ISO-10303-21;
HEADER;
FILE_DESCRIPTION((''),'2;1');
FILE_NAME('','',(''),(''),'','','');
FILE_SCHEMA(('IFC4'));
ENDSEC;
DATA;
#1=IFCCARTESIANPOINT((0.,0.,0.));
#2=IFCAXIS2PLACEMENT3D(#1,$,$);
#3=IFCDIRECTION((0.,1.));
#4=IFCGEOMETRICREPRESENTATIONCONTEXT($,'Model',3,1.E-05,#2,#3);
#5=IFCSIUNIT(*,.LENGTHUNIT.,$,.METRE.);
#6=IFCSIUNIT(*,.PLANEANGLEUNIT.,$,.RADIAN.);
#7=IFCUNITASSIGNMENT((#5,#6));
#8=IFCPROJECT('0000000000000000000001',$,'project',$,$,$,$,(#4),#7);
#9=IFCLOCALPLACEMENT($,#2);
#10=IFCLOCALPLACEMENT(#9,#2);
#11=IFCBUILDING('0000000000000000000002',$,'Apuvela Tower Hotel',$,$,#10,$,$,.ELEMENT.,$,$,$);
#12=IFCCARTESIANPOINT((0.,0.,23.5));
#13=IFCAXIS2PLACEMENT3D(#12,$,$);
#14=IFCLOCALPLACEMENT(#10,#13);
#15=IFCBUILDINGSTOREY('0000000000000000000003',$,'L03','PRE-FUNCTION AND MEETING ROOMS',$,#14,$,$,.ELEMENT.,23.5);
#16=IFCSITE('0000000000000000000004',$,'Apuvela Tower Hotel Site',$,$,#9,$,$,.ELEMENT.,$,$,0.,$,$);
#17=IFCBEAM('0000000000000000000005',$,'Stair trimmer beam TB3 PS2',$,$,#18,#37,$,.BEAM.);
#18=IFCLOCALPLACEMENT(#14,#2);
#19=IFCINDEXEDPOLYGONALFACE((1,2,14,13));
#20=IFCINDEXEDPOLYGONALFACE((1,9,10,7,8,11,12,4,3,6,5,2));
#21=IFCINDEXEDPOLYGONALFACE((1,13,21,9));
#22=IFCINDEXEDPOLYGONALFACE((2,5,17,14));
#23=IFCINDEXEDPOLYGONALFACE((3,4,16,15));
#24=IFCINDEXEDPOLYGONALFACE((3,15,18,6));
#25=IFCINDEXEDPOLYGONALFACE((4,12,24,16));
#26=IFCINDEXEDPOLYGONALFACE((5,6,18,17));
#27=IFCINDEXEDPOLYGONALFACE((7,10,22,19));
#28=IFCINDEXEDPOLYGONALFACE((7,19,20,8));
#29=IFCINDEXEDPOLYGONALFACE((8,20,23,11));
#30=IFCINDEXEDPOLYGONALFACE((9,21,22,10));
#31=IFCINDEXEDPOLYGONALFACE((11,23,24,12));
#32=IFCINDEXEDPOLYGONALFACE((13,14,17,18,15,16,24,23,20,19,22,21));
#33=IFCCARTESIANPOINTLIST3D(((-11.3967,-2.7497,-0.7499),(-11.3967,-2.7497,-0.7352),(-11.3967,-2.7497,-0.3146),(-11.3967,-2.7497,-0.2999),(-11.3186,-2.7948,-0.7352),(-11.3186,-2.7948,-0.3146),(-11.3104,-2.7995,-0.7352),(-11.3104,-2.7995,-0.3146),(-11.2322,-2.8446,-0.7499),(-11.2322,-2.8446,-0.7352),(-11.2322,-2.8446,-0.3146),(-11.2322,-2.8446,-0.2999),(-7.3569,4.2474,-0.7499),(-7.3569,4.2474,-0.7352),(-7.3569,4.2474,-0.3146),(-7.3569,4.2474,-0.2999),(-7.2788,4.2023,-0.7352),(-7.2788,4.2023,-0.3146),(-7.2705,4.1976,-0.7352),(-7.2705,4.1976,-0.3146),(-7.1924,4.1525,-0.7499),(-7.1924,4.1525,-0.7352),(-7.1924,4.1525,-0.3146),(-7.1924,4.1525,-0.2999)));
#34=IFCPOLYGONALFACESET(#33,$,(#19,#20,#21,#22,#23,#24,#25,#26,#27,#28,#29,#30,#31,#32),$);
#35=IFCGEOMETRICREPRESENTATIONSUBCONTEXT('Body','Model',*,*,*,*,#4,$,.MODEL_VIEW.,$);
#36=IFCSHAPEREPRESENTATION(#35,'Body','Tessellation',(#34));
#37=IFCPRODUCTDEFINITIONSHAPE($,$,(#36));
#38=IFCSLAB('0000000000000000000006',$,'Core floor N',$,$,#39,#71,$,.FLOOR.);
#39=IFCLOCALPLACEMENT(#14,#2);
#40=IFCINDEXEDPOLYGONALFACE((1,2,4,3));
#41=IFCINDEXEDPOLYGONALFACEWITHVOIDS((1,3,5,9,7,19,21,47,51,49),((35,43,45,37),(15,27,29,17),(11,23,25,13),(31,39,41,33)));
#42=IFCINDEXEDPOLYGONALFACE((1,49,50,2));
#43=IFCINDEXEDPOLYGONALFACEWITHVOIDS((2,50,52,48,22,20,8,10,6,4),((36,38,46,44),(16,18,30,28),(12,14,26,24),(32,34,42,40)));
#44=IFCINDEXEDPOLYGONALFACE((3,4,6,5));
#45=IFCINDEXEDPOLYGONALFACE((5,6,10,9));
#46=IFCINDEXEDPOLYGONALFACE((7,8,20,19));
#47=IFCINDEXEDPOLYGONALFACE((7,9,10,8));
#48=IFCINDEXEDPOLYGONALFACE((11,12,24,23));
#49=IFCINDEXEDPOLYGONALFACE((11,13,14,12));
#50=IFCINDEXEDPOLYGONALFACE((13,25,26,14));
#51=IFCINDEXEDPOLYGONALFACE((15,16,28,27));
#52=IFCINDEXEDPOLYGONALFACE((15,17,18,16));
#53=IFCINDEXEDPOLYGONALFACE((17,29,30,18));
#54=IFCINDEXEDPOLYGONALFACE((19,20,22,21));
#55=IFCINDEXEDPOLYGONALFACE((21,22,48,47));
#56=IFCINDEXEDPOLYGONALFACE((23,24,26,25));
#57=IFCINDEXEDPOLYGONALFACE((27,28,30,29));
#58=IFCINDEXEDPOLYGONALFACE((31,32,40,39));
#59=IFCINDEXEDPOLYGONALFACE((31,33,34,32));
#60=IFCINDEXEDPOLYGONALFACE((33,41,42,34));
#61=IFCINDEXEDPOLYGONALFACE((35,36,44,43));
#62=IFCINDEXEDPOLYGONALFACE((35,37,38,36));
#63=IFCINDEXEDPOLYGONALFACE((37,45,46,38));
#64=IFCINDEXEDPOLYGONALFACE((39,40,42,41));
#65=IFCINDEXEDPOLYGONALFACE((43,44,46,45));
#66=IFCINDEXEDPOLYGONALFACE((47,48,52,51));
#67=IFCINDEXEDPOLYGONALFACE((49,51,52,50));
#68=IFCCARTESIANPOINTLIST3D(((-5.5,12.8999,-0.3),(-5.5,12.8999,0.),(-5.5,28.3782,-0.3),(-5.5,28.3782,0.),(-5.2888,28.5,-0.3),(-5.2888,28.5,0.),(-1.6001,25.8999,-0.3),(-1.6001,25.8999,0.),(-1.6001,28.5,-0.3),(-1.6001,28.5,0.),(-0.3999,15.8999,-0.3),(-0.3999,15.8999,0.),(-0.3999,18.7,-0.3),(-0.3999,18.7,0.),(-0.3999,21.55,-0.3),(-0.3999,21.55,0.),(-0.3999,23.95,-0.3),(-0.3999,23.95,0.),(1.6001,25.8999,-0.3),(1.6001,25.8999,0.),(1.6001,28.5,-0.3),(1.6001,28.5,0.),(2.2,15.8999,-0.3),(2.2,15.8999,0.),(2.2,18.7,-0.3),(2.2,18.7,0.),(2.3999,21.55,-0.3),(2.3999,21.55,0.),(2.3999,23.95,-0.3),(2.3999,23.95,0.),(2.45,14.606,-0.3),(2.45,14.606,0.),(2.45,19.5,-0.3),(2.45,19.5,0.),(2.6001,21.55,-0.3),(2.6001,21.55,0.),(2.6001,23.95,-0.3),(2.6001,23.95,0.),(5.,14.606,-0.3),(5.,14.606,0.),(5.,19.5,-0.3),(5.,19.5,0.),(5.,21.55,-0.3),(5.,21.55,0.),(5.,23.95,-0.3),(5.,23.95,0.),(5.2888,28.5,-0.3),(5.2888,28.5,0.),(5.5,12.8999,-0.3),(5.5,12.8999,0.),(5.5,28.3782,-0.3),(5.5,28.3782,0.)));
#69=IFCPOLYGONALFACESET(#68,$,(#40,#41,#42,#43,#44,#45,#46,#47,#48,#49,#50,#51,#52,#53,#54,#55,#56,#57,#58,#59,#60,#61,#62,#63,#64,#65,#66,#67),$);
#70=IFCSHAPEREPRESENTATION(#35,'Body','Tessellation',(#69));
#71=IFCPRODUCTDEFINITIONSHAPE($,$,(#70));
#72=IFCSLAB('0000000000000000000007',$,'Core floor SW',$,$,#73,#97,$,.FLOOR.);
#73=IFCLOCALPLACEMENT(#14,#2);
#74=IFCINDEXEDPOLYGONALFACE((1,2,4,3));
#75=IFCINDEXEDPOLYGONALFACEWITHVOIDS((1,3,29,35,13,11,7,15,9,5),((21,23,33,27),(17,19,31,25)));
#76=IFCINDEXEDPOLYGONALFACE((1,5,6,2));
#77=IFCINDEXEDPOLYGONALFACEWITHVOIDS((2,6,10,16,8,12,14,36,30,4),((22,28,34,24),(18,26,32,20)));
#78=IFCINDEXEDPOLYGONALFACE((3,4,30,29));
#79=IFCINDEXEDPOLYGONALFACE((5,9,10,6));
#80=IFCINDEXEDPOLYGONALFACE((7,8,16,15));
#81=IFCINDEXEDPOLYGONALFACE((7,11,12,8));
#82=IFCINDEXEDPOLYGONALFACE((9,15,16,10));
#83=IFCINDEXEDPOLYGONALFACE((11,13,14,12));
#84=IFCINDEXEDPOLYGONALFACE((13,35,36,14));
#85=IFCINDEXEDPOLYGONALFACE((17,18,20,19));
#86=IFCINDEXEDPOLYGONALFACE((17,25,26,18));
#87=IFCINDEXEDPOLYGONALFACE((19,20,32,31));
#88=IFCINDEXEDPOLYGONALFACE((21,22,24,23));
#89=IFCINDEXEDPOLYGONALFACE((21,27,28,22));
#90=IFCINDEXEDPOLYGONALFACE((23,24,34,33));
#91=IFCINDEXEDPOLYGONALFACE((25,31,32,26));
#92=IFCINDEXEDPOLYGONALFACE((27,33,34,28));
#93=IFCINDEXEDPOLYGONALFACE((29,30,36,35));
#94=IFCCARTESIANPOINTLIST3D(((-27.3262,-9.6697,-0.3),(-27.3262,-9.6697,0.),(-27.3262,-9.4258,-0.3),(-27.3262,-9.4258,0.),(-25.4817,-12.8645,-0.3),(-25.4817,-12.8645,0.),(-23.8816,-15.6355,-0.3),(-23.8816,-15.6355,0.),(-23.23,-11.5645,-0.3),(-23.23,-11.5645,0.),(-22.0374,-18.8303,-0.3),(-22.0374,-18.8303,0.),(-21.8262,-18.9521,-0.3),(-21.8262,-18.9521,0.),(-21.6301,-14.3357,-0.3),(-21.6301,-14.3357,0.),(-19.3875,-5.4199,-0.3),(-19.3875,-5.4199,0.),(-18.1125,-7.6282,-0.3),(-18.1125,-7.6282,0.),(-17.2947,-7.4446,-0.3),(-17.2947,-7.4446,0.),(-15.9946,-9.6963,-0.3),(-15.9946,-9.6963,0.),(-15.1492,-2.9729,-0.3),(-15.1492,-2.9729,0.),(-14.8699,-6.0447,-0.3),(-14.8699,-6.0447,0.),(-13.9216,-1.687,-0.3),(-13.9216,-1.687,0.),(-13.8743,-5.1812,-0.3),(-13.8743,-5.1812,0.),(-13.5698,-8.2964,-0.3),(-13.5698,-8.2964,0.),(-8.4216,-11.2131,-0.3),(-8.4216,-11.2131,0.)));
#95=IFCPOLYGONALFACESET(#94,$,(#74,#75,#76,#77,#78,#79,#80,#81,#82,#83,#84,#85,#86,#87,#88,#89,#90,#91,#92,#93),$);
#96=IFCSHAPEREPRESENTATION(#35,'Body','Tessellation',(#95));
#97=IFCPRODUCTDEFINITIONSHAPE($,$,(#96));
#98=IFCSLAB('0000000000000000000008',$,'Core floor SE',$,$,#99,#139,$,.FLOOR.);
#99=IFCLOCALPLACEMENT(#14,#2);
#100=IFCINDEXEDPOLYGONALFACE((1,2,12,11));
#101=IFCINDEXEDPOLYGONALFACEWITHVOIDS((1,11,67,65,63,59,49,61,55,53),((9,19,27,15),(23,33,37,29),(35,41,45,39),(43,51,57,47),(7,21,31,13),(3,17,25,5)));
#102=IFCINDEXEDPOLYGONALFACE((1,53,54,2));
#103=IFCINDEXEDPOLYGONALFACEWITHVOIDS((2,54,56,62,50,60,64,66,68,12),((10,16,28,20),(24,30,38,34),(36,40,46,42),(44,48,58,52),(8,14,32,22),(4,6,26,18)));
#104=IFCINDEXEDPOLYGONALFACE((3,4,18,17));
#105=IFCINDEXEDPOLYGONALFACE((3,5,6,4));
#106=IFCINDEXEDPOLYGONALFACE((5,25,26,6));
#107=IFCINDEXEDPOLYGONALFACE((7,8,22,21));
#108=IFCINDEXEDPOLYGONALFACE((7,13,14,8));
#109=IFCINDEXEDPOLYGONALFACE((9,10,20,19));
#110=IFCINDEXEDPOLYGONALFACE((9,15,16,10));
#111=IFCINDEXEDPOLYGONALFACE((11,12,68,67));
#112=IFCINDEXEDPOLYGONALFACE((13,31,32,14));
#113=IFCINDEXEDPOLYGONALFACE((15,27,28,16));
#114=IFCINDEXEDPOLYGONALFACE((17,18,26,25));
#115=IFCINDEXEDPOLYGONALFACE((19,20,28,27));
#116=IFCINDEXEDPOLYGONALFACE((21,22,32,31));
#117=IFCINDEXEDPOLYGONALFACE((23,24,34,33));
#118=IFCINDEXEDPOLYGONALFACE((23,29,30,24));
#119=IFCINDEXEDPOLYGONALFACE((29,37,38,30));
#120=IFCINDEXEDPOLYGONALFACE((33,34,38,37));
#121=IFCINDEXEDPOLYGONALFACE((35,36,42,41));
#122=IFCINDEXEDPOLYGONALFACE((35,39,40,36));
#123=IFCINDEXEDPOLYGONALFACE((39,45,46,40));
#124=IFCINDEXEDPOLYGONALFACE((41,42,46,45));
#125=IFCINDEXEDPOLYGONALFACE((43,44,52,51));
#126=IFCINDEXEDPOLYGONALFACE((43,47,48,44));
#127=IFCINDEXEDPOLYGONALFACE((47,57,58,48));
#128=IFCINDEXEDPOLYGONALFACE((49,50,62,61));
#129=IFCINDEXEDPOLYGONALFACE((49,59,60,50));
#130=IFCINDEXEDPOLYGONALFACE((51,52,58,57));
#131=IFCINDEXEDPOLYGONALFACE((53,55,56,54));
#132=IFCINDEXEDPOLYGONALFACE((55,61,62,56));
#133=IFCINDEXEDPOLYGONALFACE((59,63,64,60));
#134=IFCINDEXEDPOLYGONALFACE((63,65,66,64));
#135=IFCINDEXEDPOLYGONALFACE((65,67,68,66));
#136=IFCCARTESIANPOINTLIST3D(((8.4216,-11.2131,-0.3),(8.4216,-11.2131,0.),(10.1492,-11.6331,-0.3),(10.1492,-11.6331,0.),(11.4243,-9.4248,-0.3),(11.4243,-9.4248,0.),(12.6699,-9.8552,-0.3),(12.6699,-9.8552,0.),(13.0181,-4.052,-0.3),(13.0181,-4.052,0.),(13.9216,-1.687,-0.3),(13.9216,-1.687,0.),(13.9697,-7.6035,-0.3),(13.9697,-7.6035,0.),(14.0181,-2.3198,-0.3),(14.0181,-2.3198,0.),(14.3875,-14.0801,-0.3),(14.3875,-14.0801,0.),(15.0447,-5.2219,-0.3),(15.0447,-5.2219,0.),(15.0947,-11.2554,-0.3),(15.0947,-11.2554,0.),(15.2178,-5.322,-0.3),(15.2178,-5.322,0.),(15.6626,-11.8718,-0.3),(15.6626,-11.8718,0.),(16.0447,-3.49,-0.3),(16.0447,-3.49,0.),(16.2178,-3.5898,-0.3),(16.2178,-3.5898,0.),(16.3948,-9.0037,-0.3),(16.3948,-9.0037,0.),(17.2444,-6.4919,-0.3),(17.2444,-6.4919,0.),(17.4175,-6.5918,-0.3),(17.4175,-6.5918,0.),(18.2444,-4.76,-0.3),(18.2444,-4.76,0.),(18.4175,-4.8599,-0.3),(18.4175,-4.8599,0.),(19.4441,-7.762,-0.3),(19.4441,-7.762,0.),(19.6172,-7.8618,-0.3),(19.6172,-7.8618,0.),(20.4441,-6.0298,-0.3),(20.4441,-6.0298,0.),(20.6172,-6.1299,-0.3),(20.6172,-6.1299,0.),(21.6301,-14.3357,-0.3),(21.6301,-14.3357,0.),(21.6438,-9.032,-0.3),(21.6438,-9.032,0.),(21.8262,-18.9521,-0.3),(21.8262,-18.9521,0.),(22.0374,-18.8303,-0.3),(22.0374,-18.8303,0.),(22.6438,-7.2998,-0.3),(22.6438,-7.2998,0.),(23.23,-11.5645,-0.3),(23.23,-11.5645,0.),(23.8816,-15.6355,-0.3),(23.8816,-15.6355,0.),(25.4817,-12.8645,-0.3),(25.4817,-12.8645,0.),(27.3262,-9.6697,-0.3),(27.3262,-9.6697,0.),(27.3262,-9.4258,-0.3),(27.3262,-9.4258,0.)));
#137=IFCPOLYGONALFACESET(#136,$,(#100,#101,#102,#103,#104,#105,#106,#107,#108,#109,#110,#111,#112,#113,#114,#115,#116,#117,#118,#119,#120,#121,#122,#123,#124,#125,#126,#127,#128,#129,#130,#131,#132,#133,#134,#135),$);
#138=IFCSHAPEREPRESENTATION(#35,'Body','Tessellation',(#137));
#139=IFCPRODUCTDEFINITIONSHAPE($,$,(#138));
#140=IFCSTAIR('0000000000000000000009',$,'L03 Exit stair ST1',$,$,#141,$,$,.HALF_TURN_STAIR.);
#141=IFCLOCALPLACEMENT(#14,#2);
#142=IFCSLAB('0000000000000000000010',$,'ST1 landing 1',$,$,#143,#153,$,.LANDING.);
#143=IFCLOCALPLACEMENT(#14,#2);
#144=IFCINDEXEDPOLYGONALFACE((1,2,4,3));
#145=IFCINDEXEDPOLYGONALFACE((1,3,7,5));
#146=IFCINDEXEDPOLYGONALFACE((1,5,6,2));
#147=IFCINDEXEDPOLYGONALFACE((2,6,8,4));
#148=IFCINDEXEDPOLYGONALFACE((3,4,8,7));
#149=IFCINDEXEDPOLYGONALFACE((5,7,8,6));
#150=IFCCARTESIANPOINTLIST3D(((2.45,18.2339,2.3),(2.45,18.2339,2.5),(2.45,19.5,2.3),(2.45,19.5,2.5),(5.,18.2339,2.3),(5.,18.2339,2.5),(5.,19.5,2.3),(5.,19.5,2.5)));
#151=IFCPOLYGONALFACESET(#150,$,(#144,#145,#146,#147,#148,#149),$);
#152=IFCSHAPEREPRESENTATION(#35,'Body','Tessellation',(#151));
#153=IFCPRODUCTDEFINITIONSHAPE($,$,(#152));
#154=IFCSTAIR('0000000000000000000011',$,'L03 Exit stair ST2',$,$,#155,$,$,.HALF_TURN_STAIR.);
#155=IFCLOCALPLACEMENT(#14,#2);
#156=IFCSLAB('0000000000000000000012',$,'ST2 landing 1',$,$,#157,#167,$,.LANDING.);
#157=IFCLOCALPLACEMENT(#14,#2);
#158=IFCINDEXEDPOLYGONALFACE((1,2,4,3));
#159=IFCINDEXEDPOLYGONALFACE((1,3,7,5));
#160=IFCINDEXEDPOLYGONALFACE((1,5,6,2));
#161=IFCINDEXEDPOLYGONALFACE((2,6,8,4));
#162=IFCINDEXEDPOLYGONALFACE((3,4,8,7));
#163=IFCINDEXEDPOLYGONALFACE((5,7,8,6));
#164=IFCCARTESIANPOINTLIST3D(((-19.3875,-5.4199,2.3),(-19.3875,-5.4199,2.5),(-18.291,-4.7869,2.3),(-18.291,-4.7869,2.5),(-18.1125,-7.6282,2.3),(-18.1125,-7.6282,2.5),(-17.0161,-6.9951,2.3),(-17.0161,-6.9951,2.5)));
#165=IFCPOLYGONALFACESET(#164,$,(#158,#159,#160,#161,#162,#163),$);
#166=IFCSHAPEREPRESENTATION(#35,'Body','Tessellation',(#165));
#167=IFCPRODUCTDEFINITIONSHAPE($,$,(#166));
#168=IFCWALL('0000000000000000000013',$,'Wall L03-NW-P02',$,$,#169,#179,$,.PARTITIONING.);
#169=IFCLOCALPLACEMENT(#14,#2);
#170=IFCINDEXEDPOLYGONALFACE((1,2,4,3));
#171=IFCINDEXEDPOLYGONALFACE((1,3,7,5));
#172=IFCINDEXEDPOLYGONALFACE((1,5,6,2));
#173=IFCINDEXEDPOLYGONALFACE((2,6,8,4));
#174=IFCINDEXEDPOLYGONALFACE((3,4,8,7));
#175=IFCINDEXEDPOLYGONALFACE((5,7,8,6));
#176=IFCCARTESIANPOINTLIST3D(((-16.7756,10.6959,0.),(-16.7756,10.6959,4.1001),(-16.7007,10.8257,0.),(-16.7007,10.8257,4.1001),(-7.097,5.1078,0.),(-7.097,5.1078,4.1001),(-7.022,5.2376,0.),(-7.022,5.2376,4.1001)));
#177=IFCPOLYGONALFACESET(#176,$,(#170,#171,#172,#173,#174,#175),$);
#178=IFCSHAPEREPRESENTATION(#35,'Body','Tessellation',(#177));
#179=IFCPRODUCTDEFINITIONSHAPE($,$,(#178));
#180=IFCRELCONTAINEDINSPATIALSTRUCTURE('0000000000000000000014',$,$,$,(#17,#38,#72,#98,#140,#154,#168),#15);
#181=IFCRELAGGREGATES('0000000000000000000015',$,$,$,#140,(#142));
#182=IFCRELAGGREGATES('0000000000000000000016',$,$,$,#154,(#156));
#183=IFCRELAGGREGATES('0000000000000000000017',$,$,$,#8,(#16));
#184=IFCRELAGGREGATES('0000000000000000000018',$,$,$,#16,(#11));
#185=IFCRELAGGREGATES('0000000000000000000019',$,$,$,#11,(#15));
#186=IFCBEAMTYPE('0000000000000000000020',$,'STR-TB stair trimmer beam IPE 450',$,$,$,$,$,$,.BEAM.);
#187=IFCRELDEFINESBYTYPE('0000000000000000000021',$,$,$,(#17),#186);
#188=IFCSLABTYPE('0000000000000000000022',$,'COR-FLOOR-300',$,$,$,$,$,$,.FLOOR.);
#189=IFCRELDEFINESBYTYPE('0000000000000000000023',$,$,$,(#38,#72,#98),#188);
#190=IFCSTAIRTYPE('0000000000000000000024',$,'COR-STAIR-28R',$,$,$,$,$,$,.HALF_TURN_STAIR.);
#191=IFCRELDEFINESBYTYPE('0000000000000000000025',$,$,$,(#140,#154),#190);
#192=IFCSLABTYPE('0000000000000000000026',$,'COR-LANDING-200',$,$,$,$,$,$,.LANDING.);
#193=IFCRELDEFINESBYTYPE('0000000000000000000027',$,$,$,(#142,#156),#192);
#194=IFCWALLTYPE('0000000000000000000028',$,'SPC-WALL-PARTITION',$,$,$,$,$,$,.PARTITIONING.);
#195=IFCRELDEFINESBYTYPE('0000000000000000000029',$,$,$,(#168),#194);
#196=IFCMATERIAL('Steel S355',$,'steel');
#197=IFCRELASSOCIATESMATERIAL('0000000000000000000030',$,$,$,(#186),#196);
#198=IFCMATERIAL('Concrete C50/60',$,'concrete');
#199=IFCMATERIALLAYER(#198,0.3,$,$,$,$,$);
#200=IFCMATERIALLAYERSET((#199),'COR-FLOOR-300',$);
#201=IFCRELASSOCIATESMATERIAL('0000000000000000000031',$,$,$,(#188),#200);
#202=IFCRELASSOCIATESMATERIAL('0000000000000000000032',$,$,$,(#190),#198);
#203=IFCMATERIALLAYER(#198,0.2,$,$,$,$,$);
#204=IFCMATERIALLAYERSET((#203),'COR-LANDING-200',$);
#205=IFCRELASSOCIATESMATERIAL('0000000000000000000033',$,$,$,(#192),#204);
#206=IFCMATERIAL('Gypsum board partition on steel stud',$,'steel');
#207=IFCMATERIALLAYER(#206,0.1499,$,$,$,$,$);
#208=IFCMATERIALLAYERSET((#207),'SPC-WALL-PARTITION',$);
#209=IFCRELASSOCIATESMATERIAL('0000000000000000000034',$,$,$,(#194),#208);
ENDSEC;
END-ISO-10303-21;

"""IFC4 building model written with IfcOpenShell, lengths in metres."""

from ifc_helpers import new_model, si_unit, direction, frame, frame_2d, origin, origin_2d, place, context, subcontext, project, spatial, polyline, rectangle, i_section, outline, extrude, material, layer, layer_set, material_profile, profile_set, type_object, element, aggregate, save


model = new_model("IFC4")

# Units and contexts
model_context = context("Model", 3, precision=1e-05, world=origin(), true_north=direction((0.0, 1.0)))
body_context = subcontext(model_context, "Body", "Model", "MODEL_VIEW")
ifc_project = project(units=[si_unit("LENGTHUNIT", "METRE"), si_unit("PLANEANGLEUNIT", "RADIAN")], contexts=[model_context])

# Site, building, storey
site_placement = place(None, origin())
site = spatial("IfcSite", under=ifc_project, at=site_placement, Name="Apuvela Tower Hotel Site", CompositionType="ELEMENT", RefElevation=0.0)
building_placement = place(site_placement, origin())
building = spatial("IfcBuilding", under=site, at=building_placement, Name="Apuvela Tower Hotel", CompositionType="ELEMENT")
storey_placement = place(building_placement, frame((0.0, 0.0, 23.5)))
storey = spatial("IfcBuildingStorey", under=building, at=storey_placement, Name="L03", Description="PRE-FUNCTION AND MEETING ROOMS", CompositionType="ELEMENT", Elevation=23.5)

# Beam
ifc_material_1 = material(Name="Steel S355", Category="steel")
ifc_material_profile_1 = material_profile(ifc_material_1, i_section(OverallWidth=0.1899, OverallDepth=0.45, WebThickness=0.0095, FlangeThickness=0.0146, at=origin_2d()), Name="IPE 450")
ifc_profile_set_1 = profile_set([ifc_material_profile_1], Name="Steel S355")
beam_type_1 = type_object("IfcBeamType", Name="STR-TB stair trimmer beam IPE 450", PredefinedType="BEAM", material=ifc_profile_set_1)
beam_1_placement = place(storey_placement, frame((-7.2747, 4.2, -0.5249), z_axis=(-0.500003, -0.866024, 0.0), x_axis=(0.866024, -0.500003, 0.0)))
element("IfcBeam", 1, at=beam_1_placement, inside=storey, type_object=beam_type_1, Name="Stair trimmer beam TB3 PS2", PredefinedType="BEAM", context=body_context, shape_type="SweptSolid", body=[
    extrude(i_section(OverallWidth=0.1899, OverallDepth=0.45, WebThickness=0.0095, FlangeThickness=0.0146, at=origin_2d()), origin(), (0.0, 0.0, 1.0), 8.0796),
])

# Slabs
ifc_material_2 = material(Name="Concrete C50/60", Category="concrete")
ifc_layer_1 = layer(ifc_material_2, 0.3)
ifc_layer_set_1 = layer_set([ifc_layer_1], Name="COR-FLOOR-300")
slab_type_1 = type_object("IfcSlabType", Name="COR-FLOOR-300", PredefinedType="FLOOR", material=ifc_layer_set_1)
slab_1_placement = place(storey_placement, frame((0.0, 0.0, -0.3)))
element("IfcSlab", 2, at=slab_1_placement, inside=storey, type_object=slab_type_1, Name="Core floor N", PredefinedType="FLOOR", context=body_context, shape_type="SweptSolid", body=[
    extrude(outline(polyline([(5.5, 28.3782), (5.2888, 28.5), (1.6001, 28.5), (1.6001, 25.8999), (-1.6001, 25.8999), (-1.6001, 28.5), (-5.2888, 28.5), (-5.5, 28.3782), (-5.5, 12.8999), (5.5, 12.8999), (5.5, 28.3782)]), holes=[polyline([(5.0, 14.606), (2.45, 14.606), (2.45, 19.5), (5.0, 19.5), (5.0, 14.606)]), polyline([(2.2, 15.8999), (-0.3999, 15.8999), (-0.3999, 18.7), (2.2, 18.7), (2.2, 15.8999)]), polyline([(5.0, 21.55), (2.6001, 21.55), (2.6001, 23.95), (5.0, 23.95), (5.0, 21.55)]), polyline([(2.3999, 21.55), (-0.3999, 21.55), (-0.3999, 23.95), (2.3999, 23.95), (2.3999, 21.55)])]), origin(), (0.0, 0.0, 1.0), 0.3),
])
slab_2_placement = place(storey_placement, frame((0.0, 0.0, -0.3)))
element("IfcSlab", 3, at=slab_2_placement, inside=storey, type_object=slab_type_1, Name="Core floor SW", PredefinedType="FLOOR", context=body_context, shape_type="SweptSolid", body=[
    extrude(outline(polyline([(-27.3262, -9.4258), (-27.3262, -9.6697), (-25.4817, -12.8645), (-23.23, -11.5645), (-21.6301, -14.3357), (-23.8816, -15.6355), (-22.0374, -18.8303), (-21.8262, -18.9521), (-8.4216, -11.2131), (-13.9216, -1.687), (-27.3262, -9.4258)]), holes=[polyline([(-13.8743, -5.1812), (-18.1125, -7.6282), (-19.3875, -5.4199), (-15.1492, -2.9729), (-13.8743, -5.1812)]), polyline([(-13.5698, -8.2964), (-15.9946, -9.6963), (-17.2947, -7.4446), (-14.8699, -6.0447), (-13.5698, -8.2964)])]), origin(), (0.0, 0.0, 1.0), 0.3),
])
slab_3_placement = place(storey_placement, frame((0.0, 0.0, -0.3)))
element("IfcSlab", 4, at=slab_3_placement, inside=storey, type_object=slab_type_1, Name="Core floor SE", PredefinedType="FLOOR", context=body_context, shape_type="SweptSolid", body=[
    extrude(outline(polyline([(21.8262, -18.9521), (22.0374, -18.8303), (23.8816, -15.6355), (21.6301, -14.3357), (23.23, -11.5645), (25.4817, -12.8645), (27.3262, -9.6697), (27.3262, -9.4258), (13.9216, -1.687), (8.4216, -11.2131), (21.8262, -18.9521)]), holes=[polyline([(13.0181, -4.052), (14.0181, -2.3198), (16.0447, -3.49), (15.0447, -5.2219), (13.0181, -4.052)]), polyline([(17.2444, -6.4919), (15.2178, -5.322), (16.2178, -3.5898), (18.2444, -4.76), (17.2444, -6.4919)]), polyline([(14.3875, -14.0801), (10.1492, -11.6331), (11.4243, -9.4248), (15.6626, -11.8718), (14.3875, -14.0801)]), polyline([(12.6699, -9.8552), (13.9697, -7.6035), (16.3948, -9.0037), (15.0947, -11.2554), (12.6699, -9.8552)]), polyline([(19.4441, -7.762), (17.4175, -6.5918), (18.4175, -4.8599), (20.4441, -6.0298), (19.4441, -7.762)]), polyline([(21.6438, -9.032), (19.6172, -7.8618), (20.6172, -6.1299), (22.6438, -7.2998), (21.6438, -9.032)])]), origin(), (0.0, 0.0, 1.0), 0.3),
])

# Stairs, slabs
stair_type_1 = type_object("IfcStairType", Name="COR-STAIR-28R", PredefinedType="HALF_TURN_STAIR", material=ifc_material_2)
stair_1_placement = place(storey_placement, origin())
stair_1 = element("IfcStair", 5, at=stair_1_placement, inside=storey, type_object=stair_type_1, Name="L03 Exit stair ST1", PredefinedType="HALF_TURN_STAIR")
ifc_layer_2 = layer(ifc_material_2, 0.2)
ifc_layer_set_2 = layer_set([ifc_layer_2], Name="COR-LANDING-200")
slab_type_2 = type_object("IfcSlabType", Name="COR-LANDING-200", PredefinedType="LANDING", material=ifc_layer_set_2)
slab_4_placement = place(storey_placement, frame((0.0, 0.0, 2.3)))
slab_4 = element("IfcSlab", 6, at=slab_4_placement, type_object=slab_type_2, Name="ST1 landing 1", PredefinedType="LANDING", context=body_context, shape_type="SweptSolid", body=[
    extrude(outline(polyline([(5.0, 18.2339), (5.0, 19.5), (2.45, 19.5), (2.45, 18.2339), (5.0, 18.2339)])), origin(), (0.0, 0.0, 1.0), 0.2),
])
aggregate(stair_1, [slab_4])
stair_2_placement = place(storey_placement, origin())
stair_2 = element("IfcStair", 7, at=stair_2_placement, inside=storey, type_object=stair_type_1, Name="L03 Exit stair ST2", PredefinedType="HALF_TURN_STAIR")
slab_5_placement = place(storey_placement, frame((0.0, 0.0, 2.3)))
slab_5 = element("IfcSlab", 8, at=slab_5_placement, type_object=slab_type_2, Name="ST2 landing 1", PredefinedType="LANDING", context=body_context, shape_type="SweptSolid", body=[
    extrude(outline(polyline([(-18.291, -4.7869), (-19.3875, -5.4199), (-18.1125, -7.6282), (-17.0161, -6.9951), (-18.291, -4.7869)])), origin(), (0.0, 0.0, 1.0), 0.2),
])
aggregate(stair_2, [slab_5])

# Wall
ifc_material_3 = material(Name="Gypsum board partition on steel stud", Category="steel")
ifc_layer_3 = layer(ifc_material_3, 0.1499)
ifc_layer_set_3 = layer_set([ifc_layer_3], Name="SPC-WALL-PARTITION")
wall_type = type_object("IfcWallType", Name="SPC-WALL-PARTITION", PredefinedType="PARTITIONING", material=ifc_layer_set_3)
wall_placement = place(storey_placement, frame((-16.738, 10.7607, 0.0), z_axis=(0.0, 0.0, 1.0), x_axis=(0.86602, -0.500009, 0.0)))
element("IfcWall", 9, at=wall_placement, inside=storey, type_object=wall_type, Name="Wall L03-NW-P02", PredefinedType="PARTITIONING", context=body_context, shape_type="SweptSolid", body=[
    extrude(rectangle(XDim=11.176, YDim=0.1499, at=frame_2d((5.5879, 0.0))), origin(), (0.0, 0.0, 1.0), 4.1001),
])

save(model, "model.ifc")
